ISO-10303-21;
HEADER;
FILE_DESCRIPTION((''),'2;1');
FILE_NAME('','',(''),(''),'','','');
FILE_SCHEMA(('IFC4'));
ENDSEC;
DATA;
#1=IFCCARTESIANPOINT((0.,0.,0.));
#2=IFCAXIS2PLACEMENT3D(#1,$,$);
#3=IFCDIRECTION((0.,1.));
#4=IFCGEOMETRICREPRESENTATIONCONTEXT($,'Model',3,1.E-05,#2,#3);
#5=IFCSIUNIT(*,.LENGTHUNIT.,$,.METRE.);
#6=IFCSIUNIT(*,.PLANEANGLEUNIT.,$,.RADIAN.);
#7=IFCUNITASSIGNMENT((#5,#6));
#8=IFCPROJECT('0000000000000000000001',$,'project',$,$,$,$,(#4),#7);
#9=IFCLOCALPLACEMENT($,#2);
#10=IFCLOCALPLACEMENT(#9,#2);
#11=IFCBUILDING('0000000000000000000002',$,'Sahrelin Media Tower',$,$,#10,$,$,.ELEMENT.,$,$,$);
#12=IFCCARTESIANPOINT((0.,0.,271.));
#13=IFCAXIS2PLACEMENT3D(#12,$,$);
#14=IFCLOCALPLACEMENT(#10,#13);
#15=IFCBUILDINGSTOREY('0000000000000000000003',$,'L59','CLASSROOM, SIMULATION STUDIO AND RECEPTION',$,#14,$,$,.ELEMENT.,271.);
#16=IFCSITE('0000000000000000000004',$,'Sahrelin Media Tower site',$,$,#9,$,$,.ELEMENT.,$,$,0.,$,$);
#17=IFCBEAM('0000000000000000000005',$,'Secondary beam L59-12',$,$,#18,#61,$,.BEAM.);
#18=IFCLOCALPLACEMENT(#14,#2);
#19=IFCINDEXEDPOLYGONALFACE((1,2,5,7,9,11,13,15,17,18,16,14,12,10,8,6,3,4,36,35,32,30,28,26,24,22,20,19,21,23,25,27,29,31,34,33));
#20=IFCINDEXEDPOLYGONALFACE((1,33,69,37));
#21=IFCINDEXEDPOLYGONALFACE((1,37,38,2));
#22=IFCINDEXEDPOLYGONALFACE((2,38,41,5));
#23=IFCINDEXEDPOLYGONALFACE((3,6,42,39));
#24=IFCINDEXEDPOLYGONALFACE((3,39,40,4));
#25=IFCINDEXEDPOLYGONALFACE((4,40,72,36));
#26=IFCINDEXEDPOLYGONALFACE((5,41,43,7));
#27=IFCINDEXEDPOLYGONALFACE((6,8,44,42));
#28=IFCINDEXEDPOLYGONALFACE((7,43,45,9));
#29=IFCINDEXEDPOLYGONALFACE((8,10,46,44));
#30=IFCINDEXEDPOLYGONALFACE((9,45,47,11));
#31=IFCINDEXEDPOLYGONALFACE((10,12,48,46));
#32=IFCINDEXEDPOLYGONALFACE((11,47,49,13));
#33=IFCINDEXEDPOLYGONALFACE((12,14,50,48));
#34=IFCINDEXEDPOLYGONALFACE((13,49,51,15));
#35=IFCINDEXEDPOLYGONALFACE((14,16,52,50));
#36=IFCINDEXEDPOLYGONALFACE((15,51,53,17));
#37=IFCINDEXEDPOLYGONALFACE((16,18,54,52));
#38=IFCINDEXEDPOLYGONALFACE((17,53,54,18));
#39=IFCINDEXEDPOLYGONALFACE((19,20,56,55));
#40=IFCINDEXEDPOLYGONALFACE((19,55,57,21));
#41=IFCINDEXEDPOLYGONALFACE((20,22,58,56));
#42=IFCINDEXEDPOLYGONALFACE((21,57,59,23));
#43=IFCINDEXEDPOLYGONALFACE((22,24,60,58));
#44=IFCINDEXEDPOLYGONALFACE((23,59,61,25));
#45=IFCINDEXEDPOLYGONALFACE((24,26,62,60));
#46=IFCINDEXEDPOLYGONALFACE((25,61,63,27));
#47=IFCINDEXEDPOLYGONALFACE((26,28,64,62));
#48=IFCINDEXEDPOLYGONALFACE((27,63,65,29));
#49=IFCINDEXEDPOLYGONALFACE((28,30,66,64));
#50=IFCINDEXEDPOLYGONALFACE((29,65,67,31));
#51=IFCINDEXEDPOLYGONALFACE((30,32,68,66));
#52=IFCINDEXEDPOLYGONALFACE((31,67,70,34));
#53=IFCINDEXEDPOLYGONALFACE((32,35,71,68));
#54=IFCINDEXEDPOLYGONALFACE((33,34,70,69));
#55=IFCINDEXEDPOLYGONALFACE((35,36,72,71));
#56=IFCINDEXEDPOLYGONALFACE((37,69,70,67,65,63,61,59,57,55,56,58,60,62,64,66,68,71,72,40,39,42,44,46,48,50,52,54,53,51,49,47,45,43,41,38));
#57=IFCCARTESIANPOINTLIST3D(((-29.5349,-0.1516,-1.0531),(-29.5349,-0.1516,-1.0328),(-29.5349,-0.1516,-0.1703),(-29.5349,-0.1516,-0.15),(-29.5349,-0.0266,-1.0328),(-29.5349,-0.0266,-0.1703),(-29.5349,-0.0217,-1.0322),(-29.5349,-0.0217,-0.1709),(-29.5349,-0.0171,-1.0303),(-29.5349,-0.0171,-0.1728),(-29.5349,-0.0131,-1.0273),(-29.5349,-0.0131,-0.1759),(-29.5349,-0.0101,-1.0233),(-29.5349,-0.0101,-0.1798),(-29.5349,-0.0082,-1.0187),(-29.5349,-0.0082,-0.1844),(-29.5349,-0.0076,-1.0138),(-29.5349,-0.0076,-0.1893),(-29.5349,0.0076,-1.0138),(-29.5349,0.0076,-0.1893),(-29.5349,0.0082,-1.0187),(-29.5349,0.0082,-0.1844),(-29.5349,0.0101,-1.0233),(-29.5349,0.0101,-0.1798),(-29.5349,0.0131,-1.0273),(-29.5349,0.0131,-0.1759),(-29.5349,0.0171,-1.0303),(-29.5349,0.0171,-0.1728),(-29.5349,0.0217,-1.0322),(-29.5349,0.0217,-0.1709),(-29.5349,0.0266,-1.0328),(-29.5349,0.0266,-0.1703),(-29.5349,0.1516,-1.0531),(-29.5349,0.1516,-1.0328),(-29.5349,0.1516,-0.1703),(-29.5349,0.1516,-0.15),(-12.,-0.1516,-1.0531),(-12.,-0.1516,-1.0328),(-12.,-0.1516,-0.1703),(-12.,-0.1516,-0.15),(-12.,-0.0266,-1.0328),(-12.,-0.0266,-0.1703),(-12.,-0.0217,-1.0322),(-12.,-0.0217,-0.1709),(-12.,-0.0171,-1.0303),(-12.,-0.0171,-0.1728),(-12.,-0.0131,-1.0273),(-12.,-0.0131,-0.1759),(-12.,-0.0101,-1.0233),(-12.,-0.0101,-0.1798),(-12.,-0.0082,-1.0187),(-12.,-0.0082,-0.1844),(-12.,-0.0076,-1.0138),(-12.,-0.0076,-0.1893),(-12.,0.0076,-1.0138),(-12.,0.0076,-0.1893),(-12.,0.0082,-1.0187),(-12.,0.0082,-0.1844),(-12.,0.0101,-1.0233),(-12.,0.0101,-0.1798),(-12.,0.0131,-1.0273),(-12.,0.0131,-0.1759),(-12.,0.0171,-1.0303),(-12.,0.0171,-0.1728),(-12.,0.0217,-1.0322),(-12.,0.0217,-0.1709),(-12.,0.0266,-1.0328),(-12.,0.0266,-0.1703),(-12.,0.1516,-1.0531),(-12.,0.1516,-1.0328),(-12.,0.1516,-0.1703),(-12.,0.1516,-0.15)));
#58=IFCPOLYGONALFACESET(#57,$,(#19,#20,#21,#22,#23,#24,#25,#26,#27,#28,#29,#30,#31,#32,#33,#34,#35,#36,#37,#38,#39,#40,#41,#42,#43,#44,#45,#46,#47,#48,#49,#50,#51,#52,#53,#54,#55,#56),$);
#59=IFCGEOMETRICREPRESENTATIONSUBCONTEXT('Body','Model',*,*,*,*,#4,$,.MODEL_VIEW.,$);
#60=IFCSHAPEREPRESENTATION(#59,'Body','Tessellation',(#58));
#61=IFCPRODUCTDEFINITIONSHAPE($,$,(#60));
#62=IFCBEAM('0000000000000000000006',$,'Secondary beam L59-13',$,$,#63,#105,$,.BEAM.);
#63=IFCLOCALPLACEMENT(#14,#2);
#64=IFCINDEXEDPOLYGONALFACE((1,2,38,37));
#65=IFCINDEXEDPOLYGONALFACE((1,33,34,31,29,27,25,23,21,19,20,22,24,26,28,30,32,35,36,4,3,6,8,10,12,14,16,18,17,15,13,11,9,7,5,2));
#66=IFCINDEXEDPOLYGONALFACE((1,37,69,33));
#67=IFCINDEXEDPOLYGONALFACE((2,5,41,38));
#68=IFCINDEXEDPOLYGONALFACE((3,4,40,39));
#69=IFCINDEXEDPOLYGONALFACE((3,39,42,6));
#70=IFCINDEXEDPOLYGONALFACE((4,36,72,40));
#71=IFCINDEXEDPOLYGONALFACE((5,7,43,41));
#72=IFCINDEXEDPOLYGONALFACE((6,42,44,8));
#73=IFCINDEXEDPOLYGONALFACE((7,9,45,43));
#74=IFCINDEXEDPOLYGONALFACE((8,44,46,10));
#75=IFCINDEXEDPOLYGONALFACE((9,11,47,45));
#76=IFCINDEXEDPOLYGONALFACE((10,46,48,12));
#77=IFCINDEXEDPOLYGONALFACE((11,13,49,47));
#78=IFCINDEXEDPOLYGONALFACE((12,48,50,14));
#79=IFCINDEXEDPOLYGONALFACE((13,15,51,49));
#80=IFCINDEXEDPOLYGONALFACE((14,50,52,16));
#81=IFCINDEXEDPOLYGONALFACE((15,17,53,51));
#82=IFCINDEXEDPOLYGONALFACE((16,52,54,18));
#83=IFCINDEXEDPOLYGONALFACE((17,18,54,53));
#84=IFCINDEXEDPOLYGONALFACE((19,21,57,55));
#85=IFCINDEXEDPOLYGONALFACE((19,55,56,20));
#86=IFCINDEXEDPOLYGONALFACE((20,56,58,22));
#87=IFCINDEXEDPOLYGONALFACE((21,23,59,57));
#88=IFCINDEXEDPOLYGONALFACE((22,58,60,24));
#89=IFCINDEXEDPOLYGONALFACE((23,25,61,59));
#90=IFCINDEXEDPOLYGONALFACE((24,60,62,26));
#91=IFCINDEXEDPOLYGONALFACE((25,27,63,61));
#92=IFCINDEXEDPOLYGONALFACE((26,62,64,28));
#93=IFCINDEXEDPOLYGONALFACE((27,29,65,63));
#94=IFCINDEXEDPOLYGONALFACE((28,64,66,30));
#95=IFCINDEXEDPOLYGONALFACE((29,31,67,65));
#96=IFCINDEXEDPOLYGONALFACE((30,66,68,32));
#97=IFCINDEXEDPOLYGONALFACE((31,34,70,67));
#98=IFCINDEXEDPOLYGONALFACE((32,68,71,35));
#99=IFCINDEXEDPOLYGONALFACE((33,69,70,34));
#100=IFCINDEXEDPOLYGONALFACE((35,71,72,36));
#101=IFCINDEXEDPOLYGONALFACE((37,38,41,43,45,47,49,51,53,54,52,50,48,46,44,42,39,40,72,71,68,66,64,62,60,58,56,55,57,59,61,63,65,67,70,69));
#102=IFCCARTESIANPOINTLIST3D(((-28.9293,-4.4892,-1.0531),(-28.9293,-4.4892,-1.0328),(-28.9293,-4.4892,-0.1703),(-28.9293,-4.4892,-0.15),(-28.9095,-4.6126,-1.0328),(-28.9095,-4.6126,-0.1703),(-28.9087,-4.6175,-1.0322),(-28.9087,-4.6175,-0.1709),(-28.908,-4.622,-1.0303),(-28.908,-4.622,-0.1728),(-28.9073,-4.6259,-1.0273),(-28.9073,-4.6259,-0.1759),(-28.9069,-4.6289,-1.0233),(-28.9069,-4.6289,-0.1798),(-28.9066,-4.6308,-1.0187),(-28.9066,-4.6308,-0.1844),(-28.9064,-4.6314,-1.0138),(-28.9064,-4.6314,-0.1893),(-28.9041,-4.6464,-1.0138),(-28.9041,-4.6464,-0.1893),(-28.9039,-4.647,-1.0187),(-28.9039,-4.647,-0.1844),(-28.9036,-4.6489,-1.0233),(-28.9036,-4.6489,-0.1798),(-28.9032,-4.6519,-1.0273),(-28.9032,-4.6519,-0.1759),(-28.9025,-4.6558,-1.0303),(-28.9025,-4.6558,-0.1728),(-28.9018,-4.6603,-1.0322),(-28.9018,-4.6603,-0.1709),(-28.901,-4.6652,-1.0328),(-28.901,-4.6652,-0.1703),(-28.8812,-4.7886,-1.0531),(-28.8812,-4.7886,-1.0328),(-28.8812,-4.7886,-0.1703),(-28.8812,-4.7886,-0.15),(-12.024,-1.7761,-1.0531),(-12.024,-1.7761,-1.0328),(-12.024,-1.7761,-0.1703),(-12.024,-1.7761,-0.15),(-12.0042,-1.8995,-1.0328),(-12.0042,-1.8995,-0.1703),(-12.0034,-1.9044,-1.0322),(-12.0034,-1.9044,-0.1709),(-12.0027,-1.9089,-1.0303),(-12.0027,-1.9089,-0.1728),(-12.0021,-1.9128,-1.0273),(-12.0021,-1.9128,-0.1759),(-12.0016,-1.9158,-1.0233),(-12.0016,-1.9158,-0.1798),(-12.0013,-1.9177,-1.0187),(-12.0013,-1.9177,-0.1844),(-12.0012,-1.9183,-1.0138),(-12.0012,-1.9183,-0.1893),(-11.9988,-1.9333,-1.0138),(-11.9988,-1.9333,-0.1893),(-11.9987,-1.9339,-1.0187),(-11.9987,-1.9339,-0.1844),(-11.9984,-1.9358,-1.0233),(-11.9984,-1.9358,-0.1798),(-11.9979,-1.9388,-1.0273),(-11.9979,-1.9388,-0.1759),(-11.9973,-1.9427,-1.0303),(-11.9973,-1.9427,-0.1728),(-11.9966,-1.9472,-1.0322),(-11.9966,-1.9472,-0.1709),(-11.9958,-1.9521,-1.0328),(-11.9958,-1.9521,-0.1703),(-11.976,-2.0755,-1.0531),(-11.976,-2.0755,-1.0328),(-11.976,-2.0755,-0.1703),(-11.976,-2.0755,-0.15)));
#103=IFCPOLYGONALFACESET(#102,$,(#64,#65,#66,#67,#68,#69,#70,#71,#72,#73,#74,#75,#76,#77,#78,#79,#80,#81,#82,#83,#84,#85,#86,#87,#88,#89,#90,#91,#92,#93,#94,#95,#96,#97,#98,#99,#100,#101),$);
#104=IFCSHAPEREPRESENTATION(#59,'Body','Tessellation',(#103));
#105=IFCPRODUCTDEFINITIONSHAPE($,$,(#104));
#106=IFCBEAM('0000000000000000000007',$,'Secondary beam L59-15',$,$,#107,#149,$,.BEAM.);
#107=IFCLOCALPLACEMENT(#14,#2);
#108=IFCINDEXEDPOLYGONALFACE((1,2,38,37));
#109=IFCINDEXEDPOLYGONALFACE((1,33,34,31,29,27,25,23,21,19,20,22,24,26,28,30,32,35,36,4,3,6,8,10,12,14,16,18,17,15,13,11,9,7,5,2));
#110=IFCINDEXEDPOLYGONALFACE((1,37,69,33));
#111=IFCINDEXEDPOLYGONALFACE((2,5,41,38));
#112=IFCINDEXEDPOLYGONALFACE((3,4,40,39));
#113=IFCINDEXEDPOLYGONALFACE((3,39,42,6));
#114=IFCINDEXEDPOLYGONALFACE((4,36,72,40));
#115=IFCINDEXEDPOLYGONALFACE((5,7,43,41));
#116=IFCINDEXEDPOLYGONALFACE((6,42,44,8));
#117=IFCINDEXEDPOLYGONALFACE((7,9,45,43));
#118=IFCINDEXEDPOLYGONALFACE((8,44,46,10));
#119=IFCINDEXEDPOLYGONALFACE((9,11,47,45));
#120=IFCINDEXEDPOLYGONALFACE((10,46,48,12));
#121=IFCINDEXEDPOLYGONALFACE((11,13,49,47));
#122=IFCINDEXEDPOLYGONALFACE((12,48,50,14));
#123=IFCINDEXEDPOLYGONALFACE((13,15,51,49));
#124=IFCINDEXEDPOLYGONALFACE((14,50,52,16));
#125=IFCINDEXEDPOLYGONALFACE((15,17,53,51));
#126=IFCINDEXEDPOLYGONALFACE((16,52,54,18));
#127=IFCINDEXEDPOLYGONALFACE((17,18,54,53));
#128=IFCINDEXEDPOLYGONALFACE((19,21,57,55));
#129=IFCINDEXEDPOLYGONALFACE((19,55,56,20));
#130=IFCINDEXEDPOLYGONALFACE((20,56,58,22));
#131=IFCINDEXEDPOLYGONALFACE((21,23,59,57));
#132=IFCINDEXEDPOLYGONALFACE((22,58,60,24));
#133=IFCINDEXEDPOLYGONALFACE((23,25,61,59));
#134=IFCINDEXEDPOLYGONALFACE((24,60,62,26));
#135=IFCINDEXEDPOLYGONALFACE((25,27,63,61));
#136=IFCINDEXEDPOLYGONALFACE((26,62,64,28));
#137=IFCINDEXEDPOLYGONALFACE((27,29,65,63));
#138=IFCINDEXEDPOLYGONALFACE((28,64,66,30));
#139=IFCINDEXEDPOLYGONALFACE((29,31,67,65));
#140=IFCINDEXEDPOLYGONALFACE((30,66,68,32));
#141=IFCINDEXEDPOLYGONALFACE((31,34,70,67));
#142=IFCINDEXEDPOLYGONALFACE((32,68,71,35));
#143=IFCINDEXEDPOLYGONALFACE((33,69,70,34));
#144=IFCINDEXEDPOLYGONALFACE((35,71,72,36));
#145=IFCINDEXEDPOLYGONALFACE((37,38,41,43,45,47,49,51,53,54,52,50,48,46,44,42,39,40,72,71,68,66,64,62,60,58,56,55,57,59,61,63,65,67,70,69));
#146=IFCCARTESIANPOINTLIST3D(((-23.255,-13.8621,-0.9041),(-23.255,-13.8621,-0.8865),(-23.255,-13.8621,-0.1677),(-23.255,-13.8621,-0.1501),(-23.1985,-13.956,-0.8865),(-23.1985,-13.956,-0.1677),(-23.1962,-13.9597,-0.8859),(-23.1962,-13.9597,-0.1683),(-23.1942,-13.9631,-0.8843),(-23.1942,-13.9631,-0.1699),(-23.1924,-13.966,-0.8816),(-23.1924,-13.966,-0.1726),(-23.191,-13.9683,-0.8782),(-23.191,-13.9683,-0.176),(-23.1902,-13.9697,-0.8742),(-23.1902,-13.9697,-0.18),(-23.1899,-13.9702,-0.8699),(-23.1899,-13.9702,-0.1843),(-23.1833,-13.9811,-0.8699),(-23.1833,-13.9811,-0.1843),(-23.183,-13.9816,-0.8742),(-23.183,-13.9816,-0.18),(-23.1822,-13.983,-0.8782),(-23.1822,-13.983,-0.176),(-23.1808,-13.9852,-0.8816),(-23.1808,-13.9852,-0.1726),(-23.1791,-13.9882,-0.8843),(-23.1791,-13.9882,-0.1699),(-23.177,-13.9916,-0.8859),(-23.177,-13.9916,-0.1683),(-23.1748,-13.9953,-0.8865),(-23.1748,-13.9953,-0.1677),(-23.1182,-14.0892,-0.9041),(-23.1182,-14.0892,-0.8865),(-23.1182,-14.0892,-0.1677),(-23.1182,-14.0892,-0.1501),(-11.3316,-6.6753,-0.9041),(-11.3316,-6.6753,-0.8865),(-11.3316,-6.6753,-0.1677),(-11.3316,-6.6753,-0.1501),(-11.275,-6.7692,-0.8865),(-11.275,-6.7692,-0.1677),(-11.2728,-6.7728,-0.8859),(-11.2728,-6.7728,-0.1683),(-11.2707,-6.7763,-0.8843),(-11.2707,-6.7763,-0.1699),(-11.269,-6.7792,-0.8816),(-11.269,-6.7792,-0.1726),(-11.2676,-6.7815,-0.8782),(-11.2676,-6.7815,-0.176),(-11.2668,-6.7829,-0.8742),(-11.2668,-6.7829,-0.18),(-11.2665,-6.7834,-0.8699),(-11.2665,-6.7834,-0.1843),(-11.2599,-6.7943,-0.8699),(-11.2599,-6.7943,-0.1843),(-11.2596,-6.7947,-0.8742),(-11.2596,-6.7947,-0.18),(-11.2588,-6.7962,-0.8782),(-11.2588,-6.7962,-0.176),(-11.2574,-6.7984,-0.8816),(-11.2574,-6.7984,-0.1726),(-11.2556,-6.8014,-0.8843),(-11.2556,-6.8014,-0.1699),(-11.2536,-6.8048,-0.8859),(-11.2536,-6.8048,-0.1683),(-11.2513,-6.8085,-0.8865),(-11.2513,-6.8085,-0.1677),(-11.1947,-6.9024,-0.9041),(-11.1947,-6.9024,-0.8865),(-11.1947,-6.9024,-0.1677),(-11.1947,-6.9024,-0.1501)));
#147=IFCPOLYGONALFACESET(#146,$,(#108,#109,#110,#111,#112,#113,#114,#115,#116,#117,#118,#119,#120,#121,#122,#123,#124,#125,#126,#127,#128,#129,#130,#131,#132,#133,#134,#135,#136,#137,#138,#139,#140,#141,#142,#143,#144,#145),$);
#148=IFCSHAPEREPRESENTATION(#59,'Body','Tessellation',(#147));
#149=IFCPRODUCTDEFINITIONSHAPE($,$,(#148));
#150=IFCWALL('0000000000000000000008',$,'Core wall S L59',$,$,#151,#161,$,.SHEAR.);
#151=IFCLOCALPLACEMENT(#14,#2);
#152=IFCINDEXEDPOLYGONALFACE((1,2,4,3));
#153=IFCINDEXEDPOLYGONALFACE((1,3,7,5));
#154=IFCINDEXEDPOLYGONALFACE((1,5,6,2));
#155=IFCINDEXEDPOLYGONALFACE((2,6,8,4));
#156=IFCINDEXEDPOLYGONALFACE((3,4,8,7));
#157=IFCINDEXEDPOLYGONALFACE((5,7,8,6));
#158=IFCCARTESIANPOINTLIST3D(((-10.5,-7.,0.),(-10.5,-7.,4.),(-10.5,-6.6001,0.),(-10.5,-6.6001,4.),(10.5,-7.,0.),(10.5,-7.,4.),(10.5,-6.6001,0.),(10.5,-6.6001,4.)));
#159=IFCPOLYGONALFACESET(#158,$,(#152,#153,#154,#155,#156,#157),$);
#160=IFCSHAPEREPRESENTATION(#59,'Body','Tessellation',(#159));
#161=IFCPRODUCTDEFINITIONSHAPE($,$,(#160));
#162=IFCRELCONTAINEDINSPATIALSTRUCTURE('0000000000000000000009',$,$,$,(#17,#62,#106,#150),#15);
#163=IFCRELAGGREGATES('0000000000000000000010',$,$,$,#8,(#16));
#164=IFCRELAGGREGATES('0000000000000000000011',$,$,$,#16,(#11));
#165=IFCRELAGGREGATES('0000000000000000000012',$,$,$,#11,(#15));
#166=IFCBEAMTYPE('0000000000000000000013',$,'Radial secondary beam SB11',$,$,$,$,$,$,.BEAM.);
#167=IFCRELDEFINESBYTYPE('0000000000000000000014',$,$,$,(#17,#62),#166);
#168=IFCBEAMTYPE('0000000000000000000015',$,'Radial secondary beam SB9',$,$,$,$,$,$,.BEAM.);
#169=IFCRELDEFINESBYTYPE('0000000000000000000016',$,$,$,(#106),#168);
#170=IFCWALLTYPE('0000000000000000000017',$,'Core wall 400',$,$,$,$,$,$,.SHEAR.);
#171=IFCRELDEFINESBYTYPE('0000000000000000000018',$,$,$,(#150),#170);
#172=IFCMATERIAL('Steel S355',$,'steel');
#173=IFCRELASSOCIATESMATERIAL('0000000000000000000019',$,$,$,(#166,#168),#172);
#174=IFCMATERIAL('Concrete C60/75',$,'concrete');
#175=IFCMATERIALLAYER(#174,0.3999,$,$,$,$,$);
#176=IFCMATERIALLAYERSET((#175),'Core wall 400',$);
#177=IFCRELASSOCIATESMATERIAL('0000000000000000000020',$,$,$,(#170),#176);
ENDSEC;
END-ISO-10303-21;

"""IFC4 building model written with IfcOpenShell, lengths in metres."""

from ifc_helpers import new_model, si_unit, direction, frame, frame_2d, origin, origin_2d, place, context, subcontext, project, spatial, rectangle, i_section, extrude, material, layer, layer_set, material_profile, profile_set, type_object, element, save


model = new_model("IFC4")

# Units and contexts
model_context = context("Model", 3, precision=1e-05, world=origin(), true_north=direction((0.0, 1.0)))
body_context = subcontext(model_context, "Body", "Model", "MODEL_VIEW")
ifc_project = project(units=[si_unit("LENGTHUNIT", "METRE"), si_unit("PLANEANGLEUNIT", "RADIAN")], contexts=[model_context])

# Site, building, storey
site_placement = place(None, origin())
site = spatial("IfcSite", under=ifc_project, at=site_placement, Name="Sahrelin Media Tower site", CompositionType="ELEMENT", RefElevation=0.0)
building_placement = place(site_placement, origin())
building = spatial("IfcBuilding", under=site, at=building_placement, Name="Sahrelin Media Tower", CompositionType="ELEMENT")
storey_placement = place(building_placement, frame((0.0, 0.0, 271.0)))
storey = spatial("IfcBuildingStorey", under=building, at=storey_placement, Name="L59", Description="CLASSROOM, SIMULATION STUDIO AND RECEPTION", CompositionType="ELEMENT", Elevation=271.0)

# Beams
ifc_material_1 = material(Name="Steel S355", Category="steel")
ifc_material_profile_1 = material_profile(ifc_material_1, i_section(OverallWidth=0.3032, OverallDepth=0.9031, WebThickness=0.0151, FlangeThickness=0.0203, FilletRadius=0.019, at=origin_2d()), Name="UB 914x305x201")
ifc_profile_set_1 = profile_set([ifc_material_profile_1], Name="Steel S355")
beam_type_1 = type_object("IfcBeamType", Name="Radial secondary beam SB11", PredefinedType="BEAM", material=ifc_profile_set_1)
beam_1_placement = place(storey_placement, frame((-12.0, 0.0, -0.6016), z_axis=(-1.0, 0.0, 0.0), x_axis=(0.0, -1.0, 0.0)))
element("IfcBeam", 1, at=beam_1_placement, inside=storey, type_object=beam_type_1, Name="Secondary beam L59-12", PredefinedType="BEAM", context=body_context, shape_type="SweptSolid", body=[
    extrude(i_section(OverallWidth=0.3032, OverallDepth=0.9031, WebThickness=0.0151, FlangeThickness=0.0203, FilletRadius=0.019, at=origin_2d()), origin(), (0.0, 0.0, 1.0), 17.5349),
])
beam_2_placement = place(storey_placement, frame((-12.0, -1.9258, -0.6016), z_axis=(-0.987365, -0.158463, 0.0), x_axis=(0.158463, -0.987365, 0.0)))
element("IfcBeam", 2, at=beam_2_placement, inside=storey, type_object=beam_type_1, Name="Secondary beam L59-13", PredefinedType="BEAM", context=body_context, shape_type="SweptSolid", body=[
    extrude(i_section(OverallWidth=0.3032, OverallDepth=0.9031, WebThickness=0.0151, FlangeThickness=0.0203, FilletRadius=0.019, at=origin_2d()), origin(), (0.0, 0.0, 1.0), 17.1216),
])
ifc_material_profile_2 = material_profile(ifc_material_1, i_section(OverallWidth=0.2651, OverallDepth=0.7539, WebThickness=0.0127, FlangeThickness=0.0176, FilletRadius=0.0166, at=origin_2d()), Name="UB 762x267x147")
ifc_profile_set_2 = profile_set([ifc_material_profile_2], Name="Steel S355")
beam_type_2 = type_object("IfcBeamType", Name="Radial secondary beam SB9", PredefinedType="BEAM", material=ifc_profile_set_2)
beam_3_placement = place(storey_placement, frame((-11.2632, -6.7888, -0.5271), z_axis=(-0.856453, -0.516225, 0.0), x_axis=(0.516225, -0.856453, 0.0)))
element("IfcBeam", 3, at=beam_3_placement, inside=storey, type_object=beam_type_2, Name="Secondary beam L59-15", PredefinedType="BEAM", context=body_context, shape_type="SweptSolid", body=[
    extrude(i_section(OverallWidth=0.2651, OverallDepth=0.7539, WebThickness=0.0127, FlangeThickness=0.0176, FilletRadius=0.0166, at=origin_2d()), origin(), (0.0, 0.0, 1.0), 13.9219),
])

# Wall
ifc_material_2 = material(Name="Concrete C60/75", Category="concrete")
ifc_layer_1 = layer(ifc_material_2, 0.3999)
ifc_layer_set_1 = layer_set([ifc_layer_1], Name="Core wall 400")
wall_type_1 = type_object("IfcWallType", Name="Core wall 400", PredefinedType="SHEAR", material=ifc_layer_set_1)
wall_1_placement = place(storey_placement, frame((-10.5, -6.8, 0.0), z_axis=(0.0, 0.0, 1.0), x_axis=(1.0, 0.0, 0.0)))
element("IfcWall", 4, at=wall_1_placement, inside=storey, type_object=wall_type_1, Name="Core wall S L59", PredefinedType="SHEAR", context=body_context, shape_type="SweptSolid", body=[
    extrude(rectangle(XDim=21.0, YDim=0.3999, at=frame_2d((10.5, 0.0))), origin(), (0.0, 0.0, 1.0), 4.0),
])

save(model, "model.ifc")
